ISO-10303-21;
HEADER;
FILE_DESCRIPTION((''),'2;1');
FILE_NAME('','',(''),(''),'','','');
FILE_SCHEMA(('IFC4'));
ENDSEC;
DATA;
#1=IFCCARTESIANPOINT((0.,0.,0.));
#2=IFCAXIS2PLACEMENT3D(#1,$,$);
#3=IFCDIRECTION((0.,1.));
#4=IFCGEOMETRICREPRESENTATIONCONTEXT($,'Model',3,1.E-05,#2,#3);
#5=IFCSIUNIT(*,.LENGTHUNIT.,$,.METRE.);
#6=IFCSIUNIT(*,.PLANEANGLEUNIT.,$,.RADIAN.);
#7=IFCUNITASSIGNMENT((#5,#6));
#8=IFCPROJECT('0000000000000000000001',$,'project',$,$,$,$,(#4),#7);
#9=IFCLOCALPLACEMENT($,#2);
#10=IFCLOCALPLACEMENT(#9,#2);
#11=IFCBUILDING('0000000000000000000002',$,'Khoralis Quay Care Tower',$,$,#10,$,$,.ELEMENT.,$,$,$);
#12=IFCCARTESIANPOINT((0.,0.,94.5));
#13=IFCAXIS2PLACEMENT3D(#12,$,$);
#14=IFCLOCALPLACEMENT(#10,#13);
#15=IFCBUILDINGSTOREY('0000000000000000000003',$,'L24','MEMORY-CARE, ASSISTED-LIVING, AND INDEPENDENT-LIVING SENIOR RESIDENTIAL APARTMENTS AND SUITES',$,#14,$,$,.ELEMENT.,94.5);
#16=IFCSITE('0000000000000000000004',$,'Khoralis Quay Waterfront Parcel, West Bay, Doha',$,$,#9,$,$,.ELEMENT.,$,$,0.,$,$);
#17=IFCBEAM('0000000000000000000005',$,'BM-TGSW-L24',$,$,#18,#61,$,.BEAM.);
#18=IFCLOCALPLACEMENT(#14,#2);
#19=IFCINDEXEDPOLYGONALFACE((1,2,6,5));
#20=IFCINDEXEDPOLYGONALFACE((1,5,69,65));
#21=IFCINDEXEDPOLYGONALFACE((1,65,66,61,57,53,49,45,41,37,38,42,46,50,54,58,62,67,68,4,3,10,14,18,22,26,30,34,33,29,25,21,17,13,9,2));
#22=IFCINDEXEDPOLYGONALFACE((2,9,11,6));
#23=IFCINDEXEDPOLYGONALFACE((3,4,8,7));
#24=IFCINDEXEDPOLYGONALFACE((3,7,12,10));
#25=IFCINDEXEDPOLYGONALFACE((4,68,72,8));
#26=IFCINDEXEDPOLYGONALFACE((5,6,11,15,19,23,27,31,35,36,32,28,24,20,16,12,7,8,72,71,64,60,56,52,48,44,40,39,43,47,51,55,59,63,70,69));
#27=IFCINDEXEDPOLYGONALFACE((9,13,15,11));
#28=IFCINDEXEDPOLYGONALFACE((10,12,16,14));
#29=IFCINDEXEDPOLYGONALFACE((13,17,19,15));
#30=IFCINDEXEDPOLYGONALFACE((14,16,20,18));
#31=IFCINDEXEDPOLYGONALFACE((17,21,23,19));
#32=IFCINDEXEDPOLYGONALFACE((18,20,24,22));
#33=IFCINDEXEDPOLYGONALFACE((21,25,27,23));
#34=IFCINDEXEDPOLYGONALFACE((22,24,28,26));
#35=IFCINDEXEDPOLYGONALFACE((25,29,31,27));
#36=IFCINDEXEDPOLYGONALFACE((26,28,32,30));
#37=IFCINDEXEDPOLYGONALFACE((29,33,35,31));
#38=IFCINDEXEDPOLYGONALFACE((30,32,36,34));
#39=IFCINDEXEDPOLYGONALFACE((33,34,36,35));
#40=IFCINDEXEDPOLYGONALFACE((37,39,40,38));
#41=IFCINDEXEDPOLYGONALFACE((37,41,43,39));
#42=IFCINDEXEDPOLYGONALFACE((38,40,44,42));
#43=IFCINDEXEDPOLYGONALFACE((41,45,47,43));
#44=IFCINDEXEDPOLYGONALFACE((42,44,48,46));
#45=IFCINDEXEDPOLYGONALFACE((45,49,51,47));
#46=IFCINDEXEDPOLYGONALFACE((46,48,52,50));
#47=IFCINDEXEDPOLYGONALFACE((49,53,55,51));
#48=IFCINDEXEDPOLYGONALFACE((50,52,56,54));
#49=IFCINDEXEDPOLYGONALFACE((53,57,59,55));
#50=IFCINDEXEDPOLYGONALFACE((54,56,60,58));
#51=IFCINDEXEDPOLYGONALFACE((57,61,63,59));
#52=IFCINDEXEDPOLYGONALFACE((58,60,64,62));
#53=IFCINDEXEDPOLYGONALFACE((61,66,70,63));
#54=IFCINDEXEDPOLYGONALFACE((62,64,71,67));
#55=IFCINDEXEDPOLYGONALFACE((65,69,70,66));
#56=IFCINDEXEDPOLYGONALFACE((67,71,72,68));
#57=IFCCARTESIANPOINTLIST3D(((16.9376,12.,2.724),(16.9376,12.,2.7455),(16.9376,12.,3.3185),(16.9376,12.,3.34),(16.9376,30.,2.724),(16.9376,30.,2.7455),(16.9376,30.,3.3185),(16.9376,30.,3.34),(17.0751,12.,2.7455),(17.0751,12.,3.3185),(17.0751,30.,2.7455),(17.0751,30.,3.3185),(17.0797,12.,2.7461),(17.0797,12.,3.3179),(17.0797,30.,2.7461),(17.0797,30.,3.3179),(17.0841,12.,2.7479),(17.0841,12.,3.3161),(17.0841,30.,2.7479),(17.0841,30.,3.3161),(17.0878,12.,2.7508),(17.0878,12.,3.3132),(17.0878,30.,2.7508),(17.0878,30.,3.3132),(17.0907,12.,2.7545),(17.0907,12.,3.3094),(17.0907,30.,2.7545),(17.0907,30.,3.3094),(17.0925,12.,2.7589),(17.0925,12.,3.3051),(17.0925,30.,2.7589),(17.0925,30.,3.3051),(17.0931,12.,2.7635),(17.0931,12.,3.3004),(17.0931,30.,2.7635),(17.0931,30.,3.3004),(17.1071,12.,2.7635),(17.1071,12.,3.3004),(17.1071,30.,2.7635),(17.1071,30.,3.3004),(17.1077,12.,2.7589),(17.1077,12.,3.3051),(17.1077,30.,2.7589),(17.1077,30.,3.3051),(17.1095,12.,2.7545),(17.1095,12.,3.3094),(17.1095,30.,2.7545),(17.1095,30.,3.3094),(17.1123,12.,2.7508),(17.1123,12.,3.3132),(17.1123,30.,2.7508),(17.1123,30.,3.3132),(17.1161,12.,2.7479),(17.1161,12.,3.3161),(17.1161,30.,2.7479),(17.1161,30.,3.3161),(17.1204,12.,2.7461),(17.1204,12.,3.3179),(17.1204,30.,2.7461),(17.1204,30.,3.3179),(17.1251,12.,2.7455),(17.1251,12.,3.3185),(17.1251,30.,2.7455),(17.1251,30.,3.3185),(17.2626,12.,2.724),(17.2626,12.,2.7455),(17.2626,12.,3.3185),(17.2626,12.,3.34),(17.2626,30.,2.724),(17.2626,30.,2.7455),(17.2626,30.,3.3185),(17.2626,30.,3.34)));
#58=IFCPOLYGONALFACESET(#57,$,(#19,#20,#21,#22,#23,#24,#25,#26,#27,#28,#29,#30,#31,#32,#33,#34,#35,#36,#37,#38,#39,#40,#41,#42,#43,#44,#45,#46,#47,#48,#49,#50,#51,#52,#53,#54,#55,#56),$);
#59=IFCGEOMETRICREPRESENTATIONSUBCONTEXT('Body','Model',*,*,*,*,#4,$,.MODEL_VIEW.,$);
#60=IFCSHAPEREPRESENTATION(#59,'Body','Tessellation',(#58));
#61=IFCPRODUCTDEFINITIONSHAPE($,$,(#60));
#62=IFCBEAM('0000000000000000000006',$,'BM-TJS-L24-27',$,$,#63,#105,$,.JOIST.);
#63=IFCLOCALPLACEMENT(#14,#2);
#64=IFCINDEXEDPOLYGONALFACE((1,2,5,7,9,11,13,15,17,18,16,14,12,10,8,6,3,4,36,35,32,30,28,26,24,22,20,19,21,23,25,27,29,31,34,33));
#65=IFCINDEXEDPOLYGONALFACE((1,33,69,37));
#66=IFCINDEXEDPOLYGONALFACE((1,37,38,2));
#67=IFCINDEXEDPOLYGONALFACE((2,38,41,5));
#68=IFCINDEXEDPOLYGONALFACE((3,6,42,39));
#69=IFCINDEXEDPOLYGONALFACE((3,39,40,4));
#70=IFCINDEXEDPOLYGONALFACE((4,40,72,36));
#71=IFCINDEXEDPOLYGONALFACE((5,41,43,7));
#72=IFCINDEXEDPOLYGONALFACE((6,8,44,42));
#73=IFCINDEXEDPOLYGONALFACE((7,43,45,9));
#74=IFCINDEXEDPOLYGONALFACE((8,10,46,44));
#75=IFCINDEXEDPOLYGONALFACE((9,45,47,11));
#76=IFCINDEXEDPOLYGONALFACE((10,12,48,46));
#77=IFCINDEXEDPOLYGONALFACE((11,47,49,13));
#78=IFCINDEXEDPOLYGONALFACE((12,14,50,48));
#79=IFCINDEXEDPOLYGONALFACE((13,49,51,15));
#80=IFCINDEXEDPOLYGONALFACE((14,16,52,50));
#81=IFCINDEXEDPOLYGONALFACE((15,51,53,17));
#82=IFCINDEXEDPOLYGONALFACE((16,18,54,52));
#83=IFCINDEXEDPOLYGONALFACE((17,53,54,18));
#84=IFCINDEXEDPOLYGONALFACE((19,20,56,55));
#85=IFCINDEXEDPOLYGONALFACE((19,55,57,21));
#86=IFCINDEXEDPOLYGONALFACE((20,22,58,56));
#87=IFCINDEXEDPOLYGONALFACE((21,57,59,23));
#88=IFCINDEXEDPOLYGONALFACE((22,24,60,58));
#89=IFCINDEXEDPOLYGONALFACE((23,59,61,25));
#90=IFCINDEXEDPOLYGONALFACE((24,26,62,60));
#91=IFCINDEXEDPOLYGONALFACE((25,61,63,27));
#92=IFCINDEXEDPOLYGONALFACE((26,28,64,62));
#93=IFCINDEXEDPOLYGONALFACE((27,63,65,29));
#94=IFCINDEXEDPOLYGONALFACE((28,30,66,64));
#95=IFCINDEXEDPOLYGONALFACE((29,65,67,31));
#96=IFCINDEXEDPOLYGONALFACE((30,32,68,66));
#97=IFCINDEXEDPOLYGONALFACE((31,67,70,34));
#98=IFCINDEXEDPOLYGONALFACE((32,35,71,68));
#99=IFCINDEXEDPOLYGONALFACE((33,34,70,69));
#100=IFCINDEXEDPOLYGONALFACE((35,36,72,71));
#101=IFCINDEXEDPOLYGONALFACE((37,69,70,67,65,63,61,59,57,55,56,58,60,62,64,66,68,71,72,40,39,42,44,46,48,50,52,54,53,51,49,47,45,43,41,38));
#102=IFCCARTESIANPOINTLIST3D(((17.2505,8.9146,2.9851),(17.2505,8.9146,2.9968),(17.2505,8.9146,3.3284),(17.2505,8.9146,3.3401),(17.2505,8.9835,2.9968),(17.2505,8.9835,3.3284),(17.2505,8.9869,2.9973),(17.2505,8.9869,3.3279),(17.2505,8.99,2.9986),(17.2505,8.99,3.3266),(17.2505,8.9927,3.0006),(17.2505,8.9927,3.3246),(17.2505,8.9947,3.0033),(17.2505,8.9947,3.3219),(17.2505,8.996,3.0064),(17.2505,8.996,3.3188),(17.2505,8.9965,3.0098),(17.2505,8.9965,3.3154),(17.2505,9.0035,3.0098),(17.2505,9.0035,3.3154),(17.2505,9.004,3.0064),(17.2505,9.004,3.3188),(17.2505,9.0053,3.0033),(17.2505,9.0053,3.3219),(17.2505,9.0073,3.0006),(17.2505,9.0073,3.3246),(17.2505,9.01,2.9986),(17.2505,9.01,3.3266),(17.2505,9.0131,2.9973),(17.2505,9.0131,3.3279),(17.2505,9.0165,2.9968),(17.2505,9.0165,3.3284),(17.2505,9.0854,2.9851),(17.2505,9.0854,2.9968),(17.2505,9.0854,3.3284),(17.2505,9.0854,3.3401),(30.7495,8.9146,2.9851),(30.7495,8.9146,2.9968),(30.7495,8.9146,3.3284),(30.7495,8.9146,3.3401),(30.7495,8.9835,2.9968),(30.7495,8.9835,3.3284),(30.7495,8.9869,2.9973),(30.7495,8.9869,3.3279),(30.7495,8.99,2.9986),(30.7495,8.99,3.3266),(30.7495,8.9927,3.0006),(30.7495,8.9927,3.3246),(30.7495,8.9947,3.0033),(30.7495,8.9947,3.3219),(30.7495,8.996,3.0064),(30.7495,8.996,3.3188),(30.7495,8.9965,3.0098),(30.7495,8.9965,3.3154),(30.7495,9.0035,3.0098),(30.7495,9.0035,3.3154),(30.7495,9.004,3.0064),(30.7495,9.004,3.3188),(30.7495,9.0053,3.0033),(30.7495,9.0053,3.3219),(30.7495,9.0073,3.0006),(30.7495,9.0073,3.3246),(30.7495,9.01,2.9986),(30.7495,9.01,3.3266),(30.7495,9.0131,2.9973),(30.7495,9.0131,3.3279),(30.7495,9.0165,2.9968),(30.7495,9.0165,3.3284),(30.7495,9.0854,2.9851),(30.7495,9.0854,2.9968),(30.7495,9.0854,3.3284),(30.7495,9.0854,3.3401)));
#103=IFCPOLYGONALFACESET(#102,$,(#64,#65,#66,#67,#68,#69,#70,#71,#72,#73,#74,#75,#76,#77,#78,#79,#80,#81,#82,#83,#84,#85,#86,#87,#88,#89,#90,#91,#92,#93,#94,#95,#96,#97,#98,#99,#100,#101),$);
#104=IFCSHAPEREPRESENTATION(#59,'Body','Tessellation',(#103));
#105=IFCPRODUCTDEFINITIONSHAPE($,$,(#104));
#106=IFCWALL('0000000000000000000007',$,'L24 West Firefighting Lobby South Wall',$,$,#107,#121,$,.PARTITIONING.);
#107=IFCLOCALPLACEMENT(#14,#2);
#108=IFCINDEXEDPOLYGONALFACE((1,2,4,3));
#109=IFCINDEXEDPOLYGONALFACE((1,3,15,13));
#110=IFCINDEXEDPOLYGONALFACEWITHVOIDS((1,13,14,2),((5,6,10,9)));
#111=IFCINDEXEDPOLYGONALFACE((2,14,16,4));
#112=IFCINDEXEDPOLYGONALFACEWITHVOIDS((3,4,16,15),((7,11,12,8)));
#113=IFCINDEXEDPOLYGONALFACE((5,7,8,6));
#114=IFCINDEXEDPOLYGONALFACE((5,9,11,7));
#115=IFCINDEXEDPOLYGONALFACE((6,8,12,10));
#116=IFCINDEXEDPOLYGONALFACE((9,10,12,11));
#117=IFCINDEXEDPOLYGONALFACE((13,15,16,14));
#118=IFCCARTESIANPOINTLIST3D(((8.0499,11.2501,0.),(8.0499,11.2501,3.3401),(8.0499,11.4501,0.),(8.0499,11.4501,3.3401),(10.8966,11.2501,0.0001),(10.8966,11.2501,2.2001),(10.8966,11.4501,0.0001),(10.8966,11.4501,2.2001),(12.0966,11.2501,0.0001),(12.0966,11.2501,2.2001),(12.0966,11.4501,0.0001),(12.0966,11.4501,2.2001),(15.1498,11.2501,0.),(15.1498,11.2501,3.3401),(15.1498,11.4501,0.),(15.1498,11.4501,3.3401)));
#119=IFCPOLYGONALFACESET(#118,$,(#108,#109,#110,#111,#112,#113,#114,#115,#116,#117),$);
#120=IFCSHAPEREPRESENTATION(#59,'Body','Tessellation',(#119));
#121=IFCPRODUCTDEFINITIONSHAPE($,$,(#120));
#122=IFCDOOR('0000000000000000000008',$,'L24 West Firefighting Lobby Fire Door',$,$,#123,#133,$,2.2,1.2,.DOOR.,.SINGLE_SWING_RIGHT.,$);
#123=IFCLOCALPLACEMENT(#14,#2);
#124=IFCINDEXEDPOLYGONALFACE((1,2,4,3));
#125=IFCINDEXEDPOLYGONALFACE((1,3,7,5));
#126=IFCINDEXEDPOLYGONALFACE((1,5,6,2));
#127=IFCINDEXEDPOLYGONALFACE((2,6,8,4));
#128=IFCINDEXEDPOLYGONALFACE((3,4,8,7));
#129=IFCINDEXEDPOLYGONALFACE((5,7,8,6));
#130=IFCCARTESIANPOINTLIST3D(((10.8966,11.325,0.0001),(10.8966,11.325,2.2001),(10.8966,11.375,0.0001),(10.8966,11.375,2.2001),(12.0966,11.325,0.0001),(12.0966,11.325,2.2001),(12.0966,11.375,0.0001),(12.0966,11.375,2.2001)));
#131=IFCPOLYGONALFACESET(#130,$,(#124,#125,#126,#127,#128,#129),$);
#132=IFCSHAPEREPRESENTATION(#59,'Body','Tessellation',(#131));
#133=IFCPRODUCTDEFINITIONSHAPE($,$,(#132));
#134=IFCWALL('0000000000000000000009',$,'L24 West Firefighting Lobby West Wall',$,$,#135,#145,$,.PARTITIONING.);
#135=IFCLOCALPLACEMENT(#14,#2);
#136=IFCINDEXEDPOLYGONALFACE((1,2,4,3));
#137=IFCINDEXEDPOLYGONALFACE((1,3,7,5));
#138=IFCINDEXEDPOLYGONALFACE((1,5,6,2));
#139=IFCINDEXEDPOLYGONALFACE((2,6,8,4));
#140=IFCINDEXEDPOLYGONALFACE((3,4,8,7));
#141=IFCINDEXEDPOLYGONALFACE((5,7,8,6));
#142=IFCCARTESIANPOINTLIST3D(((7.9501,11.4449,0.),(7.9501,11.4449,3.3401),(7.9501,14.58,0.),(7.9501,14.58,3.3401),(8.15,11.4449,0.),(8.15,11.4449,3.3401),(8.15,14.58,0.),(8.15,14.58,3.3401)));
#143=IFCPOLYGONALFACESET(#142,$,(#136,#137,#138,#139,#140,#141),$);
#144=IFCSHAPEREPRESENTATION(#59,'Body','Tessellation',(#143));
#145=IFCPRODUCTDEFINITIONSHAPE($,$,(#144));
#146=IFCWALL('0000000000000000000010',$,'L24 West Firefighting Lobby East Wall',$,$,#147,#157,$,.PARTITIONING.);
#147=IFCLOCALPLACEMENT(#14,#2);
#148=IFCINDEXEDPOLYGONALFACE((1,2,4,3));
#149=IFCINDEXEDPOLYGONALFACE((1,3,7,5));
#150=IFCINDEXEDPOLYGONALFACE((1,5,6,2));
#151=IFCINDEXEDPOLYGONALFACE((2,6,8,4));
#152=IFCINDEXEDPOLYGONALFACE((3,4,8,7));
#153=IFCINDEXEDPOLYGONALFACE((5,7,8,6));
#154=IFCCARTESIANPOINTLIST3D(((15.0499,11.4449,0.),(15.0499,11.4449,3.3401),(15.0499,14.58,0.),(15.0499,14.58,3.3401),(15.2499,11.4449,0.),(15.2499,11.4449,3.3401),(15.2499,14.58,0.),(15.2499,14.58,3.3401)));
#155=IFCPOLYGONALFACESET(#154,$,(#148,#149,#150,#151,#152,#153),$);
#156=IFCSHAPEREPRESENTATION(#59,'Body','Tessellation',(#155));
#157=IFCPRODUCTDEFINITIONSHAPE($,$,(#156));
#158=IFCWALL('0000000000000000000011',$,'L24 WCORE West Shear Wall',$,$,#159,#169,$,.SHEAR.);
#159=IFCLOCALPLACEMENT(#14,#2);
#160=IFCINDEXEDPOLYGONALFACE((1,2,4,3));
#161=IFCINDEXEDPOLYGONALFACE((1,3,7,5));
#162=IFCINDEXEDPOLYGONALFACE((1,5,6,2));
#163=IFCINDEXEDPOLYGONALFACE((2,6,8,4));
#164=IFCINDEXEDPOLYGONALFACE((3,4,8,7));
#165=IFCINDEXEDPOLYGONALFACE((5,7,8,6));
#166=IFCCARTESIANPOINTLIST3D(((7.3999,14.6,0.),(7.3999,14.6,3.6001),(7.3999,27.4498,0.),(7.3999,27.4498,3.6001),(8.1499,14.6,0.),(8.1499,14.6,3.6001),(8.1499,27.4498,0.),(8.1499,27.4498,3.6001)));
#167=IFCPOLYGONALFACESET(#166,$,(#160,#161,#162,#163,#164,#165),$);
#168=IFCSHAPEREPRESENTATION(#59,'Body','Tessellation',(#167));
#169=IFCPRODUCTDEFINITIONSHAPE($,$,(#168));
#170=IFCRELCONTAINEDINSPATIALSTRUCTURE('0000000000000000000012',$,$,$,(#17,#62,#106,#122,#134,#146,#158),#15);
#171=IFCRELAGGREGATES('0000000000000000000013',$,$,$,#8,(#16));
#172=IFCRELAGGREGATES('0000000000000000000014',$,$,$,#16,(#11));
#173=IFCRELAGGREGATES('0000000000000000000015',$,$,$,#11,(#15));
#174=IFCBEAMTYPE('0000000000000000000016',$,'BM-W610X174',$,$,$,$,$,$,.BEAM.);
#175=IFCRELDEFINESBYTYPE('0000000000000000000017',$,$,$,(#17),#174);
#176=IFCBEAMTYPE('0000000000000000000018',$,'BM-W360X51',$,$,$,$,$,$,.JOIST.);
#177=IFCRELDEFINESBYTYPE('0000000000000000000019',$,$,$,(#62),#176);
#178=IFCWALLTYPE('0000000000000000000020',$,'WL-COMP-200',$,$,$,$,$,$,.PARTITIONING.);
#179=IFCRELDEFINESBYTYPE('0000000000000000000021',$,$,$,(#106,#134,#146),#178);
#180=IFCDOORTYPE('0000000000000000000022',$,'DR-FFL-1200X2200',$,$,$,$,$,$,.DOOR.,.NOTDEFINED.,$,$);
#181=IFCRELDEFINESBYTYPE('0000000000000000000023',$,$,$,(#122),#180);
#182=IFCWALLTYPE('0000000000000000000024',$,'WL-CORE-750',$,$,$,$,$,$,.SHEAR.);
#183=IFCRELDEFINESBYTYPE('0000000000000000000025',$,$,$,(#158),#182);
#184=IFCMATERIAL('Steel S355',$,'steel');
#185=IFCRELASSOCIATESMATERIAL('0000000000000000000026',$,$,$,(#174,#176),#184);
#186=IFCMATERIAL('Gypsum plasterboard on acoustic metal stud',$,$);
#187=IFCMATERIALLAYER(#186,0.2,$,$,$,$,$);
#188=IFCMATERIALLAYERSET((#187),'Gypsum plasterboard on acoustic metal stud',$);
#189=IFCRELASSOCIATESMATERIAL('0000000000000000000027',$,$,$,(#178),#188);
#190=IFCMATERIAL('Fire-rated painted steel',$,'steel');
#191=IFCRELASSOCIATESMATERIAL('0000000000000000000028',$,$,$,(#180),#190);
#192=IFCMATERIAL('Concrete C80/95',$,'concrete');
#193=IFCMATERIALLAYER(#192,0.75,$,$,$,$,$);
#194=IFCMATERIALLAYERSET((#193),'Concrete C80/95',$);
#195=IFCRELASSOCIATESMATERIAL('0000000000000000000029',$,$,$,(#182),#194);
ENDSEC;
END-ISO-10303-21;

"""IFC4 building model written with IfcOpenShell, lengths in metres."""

from ifc_helpers import new_model, si_unit, direction, frame, frame_2d, origin, origin_2d, place, context, subcontext, project, spatial, rectangle, i_section, extrude, source, transform, mapped, material, layer, layer_set, material_profile, profile_set, type_object, element, fill, save


model = new_model("IFC4")

# Units and contexts
model_context = context("Model", 3, precision=1e-05, world=origin(), true_north=direction((0.0, 1.0)))
body_context = subcontext(model_context, "Body", "Model", "MODEL_VIEW")
ifc_project = project(units=[si_unit("LENGTHUNIT", "METRE"), si_unit("PLANEANGLEUNIT", "RADIAN")], contexts=[model_context])

# Site, building, storey
site_placement = place(None, origin())
site = spatial("IfcSite", under=ifc_project, at=site_placement, Name="Khoralis Quay Waterfront Parcel, West Bay, Doha", CompositionType="ELEMENT", RefElevation=0.0)
building_placement = place(site_placement, origin())
building = spatial("IfcBuilding", under=site, at=building_placement, Name="Khoralis Quay Care Tower", CompositionType="ELEMENT")
storey_placement = place(building_placement, frame((0.0, 0.0, 94.5)))
storey = spatial("IfcBuildingStorey", under=building, at=storey_placement, Name="L24", Description="MEMORY-CARE, ASSISTED-LIVING, AND INDEPENDENT-LIVING SENIOR RESIDENTIAL APARTMENTS AND SUITES", CompositionType="ELEMENT", Elevation=94.5)

# Beams
ifc_material_1 = material(Name="Concrete C80/95", Category="concrete")
ifc_material_2 = material(Name="Steel S355", Category="steel")
ifc_material_profile_1 = material_profile(ifc_material_2, i_section(OverallWidth=0.325, OverallDepth=0.616, WebThickness=0.0139, FlangeThickness=0.0215, FilletRadius=0.0181, at=origin_2d()), Name="Steel S355")
ifc_profile_set_1 = profile_set([ifc_material_profile_1], Name="Steel S355")
beam_type_1 = type_object("IfcBeamType", Name="BM-W610X174", PredefinedType="BEAM", material=ifc_profile_set_1)
shared_shape_1 = source(origin(), body_context, "Body", "SweptSolid", [
    extrude(i_section(OverallWidth=0.325, OverallDepth=0.616, WebThickness=0.0139, FlangeThickness=0.0215, FilletRadius=0.0181, at=origin_2d()), origin(), (0.0, 0.0, 1.0), 18.0),
])
beam_1_placement = place(storey_placement, frame((17.1001, 12.0, 3.032), z_axis=(0.0, 1.0, 0.0), x_axis=(-1.0, 0.0, 0.0)))
element("IfcBeam", 1, at=beam_1_placement, inside=storey, type_object=beam_type_1, Name="BM-TGSW-L24", PredefinedType="BEAM", context=body_context, shape_type="MappedRepresentation", body=[
    mapped(shared_shape_1, transform((0.0, 0.0, 0.0), scale=1.0)),
])
ifc_material_profile_2 = material_profile(ifc_material_2, i_section(OverallWidth=0.1709, OverallDepth=0.355, WebThickness=0.0071, FlangeThickness=0.0117, FilletRadius=0.0129, at=origin_2d()), Name="Steel S355")
ifc_profile_set_2 = profile_set([ifc_material_profile_2], Name="Steel S355")
beam_type_2 = type_object("IfcBeamType", Name="BM-W360X51", PredefinedType="JOIST", material=ifc_profile_set_2)
shared_shape_2 = source(origin(), body_context, "Body", "SweptSolid", [
    extrude(i_section(OverallWidth=0.1709, OverallDepth=0.355, WebThickness=0.0071, FlangeThickness=0.0117, FilletRadius=0.0129, at=origin_2d()), origin(), (0.0, 0.0, 1.0), 13.499),
])
beam_2_placement = place(storey_placement, frame((17.2505, 9.0, 3.1626), z_axis=(1.0, 0.0, 0.0), x_axis=(0.0, 1.0, 0.0)))
element("IfcBeam", 2, at=beam_2_placement, inside=storey, type_object=beam_type_2, Name="BM-TJS-L24-27", PredefinedType="JOIST", context=body_context, shape_type="MappedRepresentation", body=[
    mapped(shared_shape_2, transform((0.0, 0.0, 0.0), scale=1.0)),
])

# Wall, opening, door
ifc_material_3 = material(Name="Gypsum plasterboard on acoustic metal stud")
ifc_layer_1 = layer(ifc_material_3, 0.2)
ifc_layer_set_1 = layer_set([ifc_layer_1], Name="Gypsum plasterboard on acoustic metal stud")
wall_type_1 = type_object("IfcWallType", Name="WL-COMP-200", PredefinedType="PARTITIONING", material=ifc_layer_set_1)
wall_1_placement = place(storey_placement, frame((8.05, 11.3501, 0.0), z_axis=(0.0, 0.0, 1.0), x_axis=(1.0, 0.0, 0.0)))
wall_1 = element("IfcWall", 3, at=wall_1_placement, inside=storey, type_object=wall_type_1, Name="L24 West Firefighting Lobby South Wall", PredefinedType="PARTITIONING", context=body_context, shape_type="SweptSolid", body=[
    extrude(rectangle(XDim=7.0999, YDim=0.2, at=frame_2d((3.5498, 0.0))), origin(), (0.0, 0.0, 1.0), 3.3401),
])
opening_1_placement = place(wall_1_placement, frame((2.8464, 0.0, 0.0)))
opening_1 = element("IfcOpeningElement", 4, at=opening_1_placement, cuts=wall_1, PredefinedType="OPENING", context=body_context, shape_type="SweptSolid", body=[
    extrude(rectangle(XDim=1.2, YDim=2.2, at=frame_2d((0.6001, 1.1001))), frame((0.0, 0.1099, 0.0), z_axis=(0.0, -1.0, 0.0), x_axis=(1.0, 0.0, 0.0)), (0.0, 0.0, 1.0), 0.22),
])
ifc_material_4 = material(Name="Fire-rated painted steel", Category="steel")
door_type_1 = type_object("IfcDoorType", Name="DR-FFL-1200X2200", OperationType="NOTDEFINED", PredefinedType="DOOR", material=ifc_material_4)
shared_shape_3 = source(origin(), body_context, "Body", "SweptSolid", [
    extrude(rectangle(XDim=1.2, YDim=2.2, at=frame_2d((0.6001, 1.1001))), frame((0.0, 0.0249, 0.0), z_axis=(0.0, -1.0, 0.0), x_axis=(1.0, 0.0, 0.0)), (0.0, 0.0, 1.0), 0.05),
])
door_1_placement = place(opening_1_placement, origin())
door_1 = element("IfcDoor", 5, at=door_1_placement, inside=storey, type_object=door_type_1, Name="L24 West Firefighting Lobby Fire Door", OperationType="SINGLE_SWING_RIGHT", OverallHeight=2.2, OverallWidth=1.2, PredefinedType="DOOR", context=body_context, shape_type="MappedRepresentation", body=[
    mapped(shared_shape_3, transform((0.0, 0.0, 0.0), scale=1.0)),
])
fill(opening_1, door_1)

# Walls
for number, where, z_axis, x_axis, name in (
    (6, (8.05, 11.4451, 0.0), (0.0, 0.0, 1.0), (0.0, 1.0, 0.0), "L24 West Firefighting Lobby West Wall"),
    (7, (15.1499, 11.4451, 0.0), (0.0, 0.0, 1.0), (0.0, 1.0, 0.0), "L24 West Firefighting Lobby East Wall"),
):
    element("IfcWall", number, at=place(storey_placement, frame(where, z_axis=z_axis, x_axis=x_axis)), inside=storey, type_object=wall_type_1, Name=name, PredefinedType="PARTITIONING", context=body_context, shape_type="SweptSolid", body=[
        extrude(rectangle(XDim=3.135, YDim=0.2, at=frame_2d((1.5674, 0.0))), origin(), (0.0, 0.0, 1.0), 3.3401),
    ])
ifc_layer_2 = layer(ifc_material_1, 0.75)
ifc_layer_set_2 = layer_set([ifc_layer_2], Name="Concrete C80/95")
wall_type_2 = type_object("IfcWallType", Name="WL-CORE-750", PredefinedType="SHEAR", material=ifc_layer_set_2)
wall_2_placement = place(storey_placement, frame((7.7749, 14.6001, 0.0), z_axis=(0.0, 0.0, 1.0), x_axis=(0.0, 1.0, 0.0)))
element("IfcWall", 8, at=wall_2_placement, inside=storey, type_object=wall_type_2, Name="L24 WCORE West Shear Wall", PredefinedType="SHEAR", context=body_context, shape_type="SweptSolid", body=[
    extrude(rectangle(XDim=12.8499, YDim=0.75, at=frame_2d((6.4248, 0.0))), origin(), (0.0, 0.0, 1.0), 3.6001),
])

save(model, "model.ifc")
